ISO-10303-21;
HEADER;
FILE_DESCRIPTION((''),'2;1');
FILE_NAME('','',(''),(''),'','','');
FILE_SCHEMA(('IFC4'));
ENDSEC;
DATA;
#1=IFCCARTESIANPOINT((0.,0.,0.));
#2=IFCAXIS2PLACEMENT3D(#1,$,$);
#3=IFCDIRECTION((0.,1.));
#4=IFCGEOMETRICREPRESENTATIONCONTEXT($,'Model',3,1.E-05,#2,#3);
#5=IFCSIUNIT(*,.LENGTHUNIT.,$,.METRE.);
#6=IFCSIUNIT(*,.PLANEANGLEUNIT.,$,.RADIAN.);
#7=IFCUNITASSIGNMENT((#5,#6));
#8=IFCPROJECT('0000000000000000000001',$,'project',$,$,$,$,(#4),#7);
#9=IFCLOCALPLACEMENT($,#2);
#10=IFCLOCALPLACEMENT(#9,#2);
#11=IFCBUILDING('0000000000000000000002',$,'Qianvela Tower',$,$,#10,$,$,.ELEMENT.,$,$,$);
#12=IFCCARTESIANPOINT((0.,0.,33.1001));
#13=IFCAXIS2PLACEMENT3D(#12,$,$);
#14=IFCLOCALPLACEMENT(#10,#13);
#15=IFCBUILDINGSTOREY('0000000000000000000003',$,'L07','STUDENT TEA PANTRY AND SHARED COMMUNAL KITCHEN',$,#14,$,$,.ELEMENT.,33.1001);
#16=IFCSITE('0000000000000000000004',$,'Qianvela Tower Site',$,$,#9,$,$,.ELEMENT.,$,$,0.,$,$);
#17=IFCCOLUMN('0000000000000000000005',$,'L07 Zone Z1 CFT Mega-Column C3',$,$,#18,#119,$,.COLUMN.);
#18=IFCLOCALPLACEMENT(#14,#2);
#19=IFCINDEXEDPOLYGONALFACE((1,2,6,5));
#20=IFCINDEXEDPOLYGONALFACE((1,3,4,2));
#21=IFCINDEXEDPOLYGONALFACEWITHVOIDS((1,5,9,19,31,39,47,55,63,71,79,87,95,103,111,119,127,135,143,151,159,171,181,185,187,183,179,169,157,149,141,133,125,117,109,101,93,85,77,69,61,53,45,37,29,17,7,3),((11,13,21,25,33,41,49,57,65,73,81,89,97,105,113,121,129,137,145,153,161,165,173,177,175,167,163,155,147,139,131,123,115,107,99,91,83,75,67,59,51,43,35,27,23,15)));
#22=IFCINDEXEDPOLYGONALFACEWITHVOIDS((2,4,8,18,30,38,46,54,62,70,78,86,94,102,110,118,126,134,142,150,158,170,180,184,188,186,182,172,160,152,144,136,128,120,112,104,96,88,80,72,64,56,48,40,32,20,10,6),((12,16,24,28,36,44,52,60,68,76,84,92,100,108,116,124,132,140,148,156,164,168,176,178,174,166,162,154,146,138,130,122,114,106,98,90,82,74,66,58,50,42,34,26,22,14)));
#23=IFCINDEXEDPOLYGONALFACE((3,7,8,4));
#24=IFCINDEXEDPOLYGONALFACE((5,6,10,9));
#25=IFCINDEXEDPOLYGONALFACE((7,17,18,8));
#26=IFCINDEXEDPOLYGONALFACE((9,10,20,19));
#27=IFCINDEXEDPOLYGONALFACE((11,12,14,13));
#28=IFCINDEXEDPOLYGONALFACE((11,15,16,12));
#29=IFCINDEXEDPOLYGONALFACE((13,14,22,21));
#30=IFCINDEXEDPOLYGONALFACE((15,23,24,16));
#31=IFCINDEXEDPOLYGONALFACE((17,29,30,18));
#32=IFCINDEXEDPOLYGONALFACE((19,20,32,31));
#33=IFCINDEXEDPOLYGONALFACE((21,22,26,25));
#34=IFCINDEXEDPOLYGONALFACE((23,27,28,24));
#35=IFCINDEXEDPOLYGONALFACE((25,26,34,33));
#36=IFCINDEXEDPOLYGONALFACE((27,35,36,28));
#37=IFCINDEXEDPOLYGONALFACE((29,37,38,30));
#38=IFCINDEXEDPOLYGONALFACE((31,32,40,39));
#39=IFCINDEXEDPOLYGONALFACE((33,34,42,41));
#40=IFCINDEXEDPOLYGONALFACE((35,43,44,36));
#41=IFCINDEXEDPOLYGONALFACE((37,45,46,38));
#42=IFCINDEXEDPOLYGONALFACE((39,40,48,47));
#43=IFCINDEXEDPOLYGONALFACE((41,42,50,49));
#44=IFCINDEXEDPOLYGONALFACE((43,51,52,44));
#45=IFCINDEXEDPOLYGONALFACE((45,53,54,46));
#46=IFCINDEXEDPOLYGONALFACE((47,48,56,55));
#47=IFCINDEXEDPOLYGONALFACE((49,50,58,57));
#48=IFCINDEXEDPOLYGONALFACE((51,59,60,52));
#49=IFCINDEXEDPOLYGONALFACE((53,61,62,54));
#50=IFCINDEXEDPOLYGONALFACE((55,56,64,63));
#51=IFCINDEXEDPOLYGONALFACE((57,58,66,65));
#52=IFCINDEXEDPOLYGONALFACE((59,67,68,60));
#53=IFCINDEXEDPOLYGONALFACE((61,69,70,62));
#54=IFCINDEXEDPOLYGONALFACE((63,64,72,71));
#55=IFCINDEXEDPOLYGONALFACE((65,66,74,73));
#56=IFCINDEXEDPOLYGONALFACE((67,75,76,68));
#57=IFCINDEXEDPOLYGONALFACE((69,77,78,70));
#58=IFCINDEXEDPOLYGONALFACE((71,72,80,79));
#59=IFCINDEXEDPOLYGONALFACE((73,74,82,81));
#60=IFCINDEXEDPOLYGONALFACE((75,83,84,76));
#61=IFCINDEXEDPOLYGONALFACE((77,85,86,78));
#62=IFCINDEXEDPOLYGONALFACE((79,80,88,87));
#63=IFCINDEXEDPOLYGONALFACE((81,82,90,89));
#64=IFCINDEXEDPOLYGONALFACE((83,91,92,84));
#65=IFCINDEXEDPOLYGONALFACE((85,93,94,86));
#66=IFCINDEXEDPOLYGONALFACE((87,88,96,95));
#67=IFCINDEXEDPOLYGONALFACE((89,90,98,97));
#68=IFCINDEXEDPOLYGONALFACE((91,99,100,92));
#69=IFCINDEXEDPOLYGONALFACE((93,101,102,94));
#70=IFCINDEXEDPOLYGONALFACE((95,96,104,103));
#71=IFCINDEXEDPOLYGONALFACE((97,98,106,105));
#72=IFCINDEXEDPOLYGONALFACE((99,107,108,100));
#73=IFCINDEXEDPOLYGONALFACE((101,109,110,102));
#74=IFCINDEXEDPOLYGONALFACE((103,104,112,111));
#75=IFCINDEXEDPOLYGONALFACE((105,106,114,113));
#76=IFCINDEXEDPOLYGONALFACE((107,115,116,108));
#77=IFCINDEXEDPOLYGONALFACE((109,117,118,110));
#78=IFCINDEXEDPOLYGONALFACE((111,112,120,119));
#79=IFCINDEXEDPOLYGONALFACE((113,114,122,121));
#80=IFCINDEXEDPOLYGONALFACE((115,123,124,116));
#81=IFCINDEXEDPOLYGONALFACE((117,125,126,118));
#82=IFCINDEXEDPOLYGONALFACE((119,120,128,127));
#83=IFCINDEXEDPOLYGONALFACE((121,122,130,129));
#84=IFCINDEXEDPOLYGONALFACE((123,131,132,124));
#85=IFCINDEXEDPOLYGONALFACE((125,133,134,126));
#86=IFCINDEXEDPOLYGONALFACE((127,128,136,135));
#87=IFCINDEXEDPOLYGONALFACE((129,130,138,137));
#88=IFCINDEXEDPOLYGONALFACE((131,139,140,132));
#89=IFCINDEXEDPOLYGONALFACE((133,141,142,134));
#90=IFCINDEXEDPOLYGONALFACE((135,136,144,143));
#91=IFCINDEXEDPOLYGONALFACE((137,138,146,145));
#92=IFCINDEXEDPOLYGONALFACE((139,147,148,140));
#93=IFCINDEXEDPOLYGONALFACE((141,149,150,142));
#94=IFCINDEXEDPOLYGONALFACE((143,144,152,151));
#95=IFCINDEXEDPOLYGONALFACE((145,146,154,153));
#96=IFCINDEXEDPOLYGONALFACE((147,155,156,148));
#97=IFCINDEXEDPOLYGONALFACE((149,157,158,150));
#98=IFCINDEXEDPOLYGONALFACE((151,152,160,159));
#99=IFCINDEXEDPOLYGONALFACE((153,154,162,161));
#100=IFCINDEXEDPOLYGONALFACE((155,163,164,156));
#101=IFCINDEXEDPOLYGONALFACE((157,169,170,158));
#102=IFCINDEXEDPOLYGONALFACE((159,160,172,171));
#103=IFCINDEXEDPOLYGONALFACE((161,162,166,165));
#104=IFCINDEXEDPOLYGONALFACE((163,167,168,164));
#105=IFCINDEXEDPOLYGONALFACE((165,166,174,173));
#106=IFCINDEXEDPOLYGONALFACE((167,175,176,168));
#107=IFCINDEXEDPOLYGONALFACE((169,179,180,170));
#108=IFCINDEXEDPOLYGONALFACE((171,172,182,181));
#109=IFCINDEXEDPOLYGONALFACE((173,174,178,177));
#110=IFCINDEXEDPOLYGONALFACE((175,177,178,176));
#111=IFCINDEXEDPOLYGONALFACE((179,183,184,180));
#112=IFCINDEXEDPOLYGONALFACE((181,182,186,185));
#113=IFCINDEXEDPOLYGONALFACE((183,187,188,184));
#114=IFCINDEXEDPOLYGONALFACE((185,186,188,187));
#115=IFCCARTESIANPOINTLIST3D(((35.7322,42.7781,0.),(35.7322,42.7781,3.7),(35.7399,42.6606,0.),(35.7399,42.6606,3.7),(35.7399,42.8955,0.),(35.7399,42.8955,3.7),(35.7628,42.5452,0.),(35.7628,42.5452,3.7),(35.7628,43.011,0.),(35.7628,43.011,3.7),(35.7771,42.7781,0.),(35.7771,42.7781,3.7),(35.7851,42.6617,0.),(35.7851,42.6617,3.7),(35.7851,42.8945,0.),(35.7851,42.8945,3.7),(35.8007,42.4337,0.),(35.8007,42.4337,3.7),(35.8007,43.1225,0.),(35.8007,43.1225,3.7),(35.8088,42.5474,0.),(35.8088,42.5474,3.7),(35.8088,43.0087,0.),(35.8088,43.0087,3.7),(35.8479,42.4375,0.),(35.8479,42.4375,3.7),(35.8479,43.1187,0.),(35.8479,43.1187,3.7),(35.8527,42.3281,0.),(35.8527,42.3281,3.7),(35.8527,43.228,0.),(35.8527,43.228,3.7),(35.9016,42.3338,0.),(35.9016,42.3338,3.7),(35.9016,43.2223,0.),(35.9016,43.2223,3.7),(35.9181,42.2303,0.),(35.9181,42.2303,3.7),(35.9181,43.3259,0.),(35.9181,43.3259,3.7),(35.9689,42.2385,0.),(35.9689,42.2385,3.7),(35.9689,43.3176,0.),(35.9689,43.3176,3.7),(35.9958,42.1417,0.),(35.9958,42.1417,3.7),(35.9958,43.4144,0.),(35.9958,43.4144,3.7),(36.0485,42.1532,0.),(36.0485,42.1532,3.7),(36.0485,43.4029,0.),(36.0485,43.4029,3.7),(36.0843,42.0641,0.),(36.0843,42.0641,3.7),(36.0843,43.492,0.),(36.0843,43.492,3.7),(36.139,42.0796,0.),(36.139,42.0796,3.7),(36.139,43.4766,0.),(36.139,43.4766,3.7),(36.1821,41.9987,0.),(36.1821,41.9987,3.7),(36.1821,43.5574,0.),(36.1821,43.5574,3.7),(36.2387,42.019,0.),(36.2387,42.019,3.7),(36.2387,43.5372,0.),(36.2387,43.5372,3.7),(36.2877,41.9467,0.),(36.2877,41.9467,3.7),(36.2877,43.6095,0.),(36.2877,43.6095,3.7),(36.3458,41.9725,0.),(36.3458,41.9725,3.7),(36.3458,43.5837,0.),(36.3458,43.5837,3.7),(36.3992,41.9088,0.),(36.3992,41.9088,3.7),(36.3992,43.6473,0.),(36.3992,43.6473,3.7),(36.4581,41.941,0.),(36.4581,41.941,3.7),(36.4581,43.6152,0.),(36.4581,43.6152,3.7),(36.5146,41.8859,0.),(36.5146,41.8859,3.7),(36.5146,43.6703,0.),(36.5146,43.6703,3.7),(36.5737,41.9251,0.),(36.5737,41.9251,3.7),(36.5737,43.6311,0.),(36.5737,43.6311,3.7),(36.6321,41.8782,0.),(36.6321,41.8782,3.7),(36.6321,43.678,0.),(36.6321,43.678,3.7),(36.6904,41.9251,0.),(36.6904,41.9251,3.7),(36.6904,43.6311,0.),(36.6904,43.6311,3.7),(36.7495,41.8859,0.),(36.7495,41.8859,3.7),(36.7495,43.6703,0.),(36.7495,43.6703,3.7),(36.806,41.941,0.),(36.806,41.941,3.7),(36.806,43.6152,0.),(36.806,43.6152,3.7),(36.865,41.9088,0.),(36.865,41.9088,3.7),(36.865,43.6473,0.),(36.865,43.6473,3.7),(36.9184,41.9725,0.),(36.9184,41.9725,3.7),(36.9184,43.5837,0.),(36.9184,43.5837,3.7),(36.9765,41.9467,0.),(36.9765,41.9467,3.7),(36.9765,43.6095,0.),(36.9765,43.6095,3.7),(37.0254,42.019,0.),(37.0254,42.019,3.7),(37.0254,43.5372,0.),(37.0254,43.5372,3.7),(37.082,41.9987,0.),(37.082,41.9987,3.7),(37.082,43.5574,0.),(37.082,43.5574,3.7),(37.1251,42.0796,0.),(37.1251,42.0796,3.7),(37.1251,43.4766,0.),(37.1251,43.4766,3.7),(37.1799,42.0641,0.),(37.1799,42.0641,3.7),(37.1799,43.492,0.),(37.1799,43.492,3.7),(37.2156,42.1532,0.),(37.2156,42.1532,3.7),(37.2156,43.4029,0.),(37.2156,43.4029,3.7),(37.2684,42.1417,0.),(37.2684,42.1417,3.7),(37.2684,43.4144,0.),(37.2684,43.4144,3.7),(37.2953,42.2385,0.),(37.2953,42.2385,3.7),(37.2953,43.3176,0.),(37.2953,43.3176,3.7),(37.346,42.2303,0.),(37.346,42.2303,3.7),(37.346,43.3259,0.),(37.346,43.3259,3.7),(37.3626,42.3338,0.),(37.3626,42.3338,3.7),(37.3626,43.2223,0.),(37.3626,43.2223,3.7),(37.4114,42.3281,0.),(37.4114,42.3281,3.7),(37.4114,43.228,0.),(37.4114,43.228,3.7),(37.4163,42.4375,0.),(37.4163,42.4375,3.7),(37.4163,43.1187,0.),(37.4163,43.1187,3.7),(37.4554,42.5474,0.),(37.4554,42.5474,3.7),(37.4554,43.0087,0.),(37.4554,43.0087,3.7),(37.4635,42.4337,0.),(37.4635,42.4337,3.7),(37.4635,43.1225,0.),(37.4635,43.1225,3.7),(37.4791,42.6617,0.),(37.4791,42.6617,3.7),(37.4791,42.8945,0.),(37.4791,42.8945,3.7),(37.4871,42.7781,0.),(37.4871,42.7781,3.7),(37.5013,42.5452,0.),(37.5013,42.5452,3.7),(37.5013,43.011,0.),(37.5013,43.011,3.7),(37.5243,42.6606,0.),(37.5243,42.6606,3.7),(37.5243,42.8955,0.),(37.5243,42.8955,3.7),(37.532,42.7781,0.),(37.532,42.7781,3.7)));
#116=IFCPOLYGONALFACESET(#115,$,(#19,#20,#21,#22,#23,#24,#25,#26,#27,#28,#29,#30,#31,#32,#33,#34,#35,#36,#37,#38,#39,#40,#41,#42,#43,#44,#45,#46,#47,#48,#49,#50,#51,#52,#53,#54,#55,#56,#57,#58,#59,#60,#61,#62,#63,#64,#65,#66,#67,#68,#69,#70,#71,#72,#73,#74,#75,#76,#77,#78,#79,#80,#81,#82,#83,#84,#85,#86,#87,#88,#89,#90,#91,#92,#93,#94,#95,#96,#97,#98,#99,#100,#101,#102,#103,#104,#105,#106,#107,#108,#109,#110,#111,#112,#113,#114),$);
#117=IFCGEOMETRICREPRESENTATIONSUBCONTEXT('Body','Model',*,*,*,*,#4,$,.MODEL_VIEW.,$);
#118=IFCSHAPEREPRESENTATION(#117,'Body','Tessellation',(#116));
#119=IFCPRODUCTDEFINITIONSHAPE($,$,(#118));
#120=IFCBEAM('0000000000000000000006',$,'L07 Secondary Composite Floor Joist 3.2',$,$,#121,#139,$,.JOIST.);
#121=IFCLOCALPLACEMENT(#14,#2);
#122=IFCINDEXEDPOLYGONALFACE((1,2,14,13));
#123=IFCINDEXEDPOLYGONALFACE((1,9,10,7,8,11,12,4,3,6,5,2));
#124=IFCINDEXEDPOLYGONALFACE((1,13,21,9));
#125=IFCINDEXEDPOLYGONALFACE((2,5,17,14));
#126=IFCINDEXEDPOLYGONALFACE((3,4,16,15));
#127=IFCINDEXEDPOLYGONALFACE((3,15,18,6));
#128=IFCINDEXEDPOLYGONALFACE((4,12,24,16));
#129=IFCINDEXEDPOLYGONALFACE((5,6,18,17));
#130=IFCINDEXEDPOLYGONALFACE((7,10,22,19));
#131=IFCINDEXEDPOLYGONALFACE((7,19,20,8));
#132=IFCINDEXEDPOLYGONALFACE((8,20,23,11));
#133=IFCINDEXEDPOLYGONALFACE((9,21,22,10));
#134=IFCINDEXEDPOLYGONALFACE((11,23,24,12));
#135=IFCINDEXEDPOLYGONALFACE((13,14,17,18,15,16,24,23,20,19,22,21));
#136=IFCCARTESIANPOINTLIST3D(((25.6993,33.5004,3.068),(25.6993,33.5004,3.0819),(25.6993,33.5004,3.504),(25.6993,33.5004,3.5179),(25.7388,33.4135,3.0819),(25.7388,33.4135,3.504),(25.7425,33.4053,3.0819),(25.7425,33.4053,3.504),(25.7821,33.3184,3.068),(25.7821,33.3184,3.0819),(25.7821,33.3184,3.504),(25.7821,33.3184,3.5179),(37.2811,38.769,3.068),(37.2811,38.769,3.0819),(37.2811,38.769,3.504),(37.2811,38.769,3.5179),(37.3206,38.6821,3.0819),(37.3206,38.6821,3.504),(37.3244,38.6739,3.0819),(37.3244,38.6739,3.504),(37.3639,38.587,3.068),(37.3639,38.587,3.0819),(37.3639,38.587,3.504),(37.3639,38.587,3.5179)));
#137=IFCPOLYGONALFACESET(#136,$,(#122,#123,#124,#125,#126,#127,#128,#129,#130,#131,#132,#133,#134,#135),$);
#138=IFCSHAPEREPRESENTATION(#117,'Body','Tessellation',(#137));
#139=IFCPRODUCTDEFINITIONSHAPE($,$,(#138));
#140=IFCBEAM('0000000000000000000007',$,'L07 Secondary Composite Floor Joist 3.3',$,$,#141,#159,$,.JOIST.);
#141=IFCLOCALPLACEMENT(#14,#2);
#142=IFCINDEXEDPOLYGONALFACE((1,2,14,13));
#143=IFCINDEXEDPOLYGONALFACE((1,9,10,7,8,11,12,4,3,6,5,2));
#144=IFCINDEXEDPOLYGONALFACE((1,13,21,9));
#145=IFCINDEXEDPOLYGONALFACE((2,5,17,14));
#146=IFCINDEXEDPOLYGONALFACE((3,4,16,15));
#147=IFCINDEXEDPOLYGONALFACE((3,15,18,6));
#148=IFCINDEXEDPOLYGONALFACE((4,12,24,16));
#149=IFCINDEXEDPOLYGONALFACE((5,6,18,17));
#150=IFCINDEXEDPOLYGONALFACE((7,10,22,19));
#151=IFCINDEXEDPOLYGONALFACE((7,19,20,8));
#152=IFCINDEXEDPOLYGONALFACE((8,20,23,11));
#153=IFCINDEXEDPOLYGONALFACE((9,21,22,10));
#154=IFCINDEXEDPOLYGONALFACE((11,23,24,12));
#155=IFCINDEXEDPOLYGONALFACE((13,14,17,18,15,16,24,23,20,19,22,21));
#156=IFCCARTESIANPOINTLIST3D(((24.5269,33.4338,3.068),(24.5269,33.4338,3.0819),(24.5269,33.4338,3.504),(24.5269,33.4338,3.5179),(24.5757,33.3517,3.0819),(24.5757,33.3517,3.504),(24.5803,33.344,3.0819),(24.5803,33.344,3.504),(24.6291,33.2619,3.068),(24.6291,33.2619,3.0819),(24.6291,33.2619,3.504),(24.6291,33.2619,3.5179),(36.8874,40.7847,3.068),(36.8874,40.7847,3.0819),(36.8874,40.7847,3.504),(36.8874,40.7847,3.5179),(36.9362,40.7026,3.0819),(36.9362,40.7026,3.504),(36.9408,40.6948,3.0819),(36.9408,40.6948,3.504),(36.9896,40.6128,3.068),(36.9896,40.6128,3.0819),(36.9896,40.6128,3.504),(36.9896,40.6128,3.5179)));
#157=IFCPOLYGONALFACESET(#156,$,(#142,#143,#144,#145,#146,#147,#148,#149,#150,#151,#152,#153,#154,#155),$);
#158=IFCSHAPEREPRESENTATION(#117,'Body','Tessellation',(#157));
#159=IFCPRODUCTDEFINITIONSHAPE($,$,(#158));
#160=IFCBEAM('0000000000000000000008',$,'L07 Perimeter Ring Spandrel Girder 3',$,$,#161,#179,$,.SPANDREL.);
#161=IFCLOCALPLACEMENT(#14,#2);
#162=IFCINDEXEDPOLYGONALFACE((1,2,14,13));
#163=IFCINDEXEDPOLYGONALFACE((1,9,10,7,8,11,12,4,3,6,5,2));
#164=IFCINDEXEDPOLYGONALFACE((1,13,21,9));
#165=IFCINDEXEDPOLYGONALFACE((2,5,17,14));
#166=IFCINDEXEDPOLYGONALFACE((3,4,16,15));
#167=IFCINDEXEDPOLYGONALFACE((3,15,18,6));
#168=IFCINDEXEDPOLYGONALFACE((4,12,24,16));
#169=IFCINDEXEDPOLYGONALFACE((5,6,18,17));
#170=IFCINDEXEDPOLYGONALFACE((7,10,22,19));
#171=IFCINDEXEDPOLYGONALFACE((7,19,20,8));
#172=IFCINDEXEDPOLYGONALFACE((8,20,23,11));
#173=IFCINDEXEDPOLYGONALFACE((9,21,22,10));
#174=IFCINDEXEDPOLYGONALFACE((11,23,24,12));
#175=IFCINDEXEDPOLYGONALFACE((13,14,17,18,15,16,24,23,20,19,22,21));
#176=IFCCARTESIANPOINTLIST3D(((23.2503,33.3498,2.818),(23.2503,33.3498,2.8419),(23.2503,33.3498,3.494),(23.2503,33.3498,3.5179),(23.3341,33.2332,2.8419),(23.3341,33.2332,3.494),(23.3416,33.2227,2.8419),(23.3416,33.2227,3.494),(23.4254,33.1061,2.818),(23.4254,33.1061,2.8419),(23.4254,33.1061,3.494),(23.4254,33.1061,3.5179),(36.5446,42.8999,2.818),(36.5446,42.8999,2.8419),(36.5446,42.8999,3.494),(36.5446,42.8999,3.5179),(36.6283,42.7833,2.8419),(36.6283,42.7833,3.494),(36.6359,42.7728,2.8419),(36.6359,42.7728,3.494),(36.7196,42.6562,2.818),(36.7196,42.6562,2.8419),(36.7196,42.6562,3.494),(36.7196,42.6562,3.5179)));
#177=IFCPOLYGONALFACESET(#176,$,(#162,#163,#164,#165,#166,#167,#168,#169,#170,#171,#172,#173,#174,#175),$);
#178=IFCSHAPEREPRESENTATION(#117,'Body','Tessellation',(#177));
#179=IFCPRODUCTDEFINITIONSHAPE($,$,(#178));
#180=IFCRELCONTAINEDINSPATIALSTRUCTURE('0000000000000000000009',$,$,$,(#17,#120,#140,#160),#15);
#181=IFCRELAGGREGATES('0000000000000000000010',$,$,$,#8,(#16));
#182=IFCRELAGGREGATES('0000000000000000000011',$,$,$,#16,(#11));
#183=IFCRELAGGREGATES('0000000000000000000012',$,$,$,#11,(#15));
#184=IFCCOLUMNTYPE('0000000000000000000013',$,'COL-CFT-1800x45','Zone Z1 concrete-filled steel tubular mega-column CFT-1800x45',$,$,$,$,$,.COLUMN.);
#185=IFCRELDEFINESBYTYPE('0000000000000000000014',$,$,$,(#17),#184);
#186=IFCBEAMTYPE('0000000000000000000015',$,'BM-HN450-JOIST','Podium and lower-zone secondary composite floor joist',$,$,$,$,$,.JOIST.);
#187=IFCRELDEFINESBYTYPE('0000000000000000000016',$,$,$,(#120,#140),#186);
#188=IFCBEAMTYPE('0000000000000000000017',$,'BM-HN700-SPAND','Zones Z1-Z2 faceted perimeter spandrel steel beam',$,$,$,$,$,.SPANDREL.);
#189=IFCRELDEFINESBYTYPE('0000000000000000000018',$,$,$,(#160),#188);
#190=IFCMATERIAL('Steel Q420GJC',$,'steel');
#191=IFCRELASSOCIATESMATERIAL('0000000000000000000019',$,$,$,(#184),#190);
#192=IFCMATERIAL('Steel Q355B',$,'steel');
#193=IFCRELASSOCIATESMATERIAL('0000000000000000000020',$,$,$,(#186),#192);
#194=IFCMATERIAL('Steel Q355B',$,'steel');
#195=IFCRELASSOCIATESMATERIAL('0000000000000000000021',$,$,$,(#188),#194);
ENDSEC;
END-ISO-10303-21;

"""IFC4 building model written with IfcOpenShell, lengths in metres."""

from ifc_helpers import new_model, si_unit, direction, frame, origin, origin_2d, place, context, subcontext, project, spatial, hollow_circle, i_section, extrude, material, material_profile, profile_set, type_object, element, save


model = new_model("IFC4")

# Units and contexts
model_context = context("Model", 3, precision=1e-05, world=origin(), true_north=direction((0.0, 1.0)))
body_context = subcontext(model_context, "Body", "Model", "MODEL_VIEW")
ifc_project = project(units=[si_unit("LENGTHUNIT", "METRE"), si_unit("PLANEANGLEUNIT", "RADIAN")], contexts=[model_context])

# Site, building, storey
site_placement = place(None, origin())
site = spatial("IfcSite", under=ifc_project, at=site_placement, Name="Qianvela Tower Site", CompositionType="ELEMENT", RefElevation=0.0)
building_placement = place(site_placement, origin())
building = spatial("IfcBuilding", under=site, at=building_placement, Name="Qianvela Tower", CompositionType="ELEMENT")
storey_placement = place(building_placement, frame((0.0, 0.0, 33.1001)))
storey = spatial("IfcBuildingStorey", under=building, at=storey_placement, Name="L07", Description="STUDENT TEA PANTRY AND SHARED COMMUNAL KITCHEN", CompositionType="ELEMENT", Elevation=33.1001)

# Column
ifc_material_1 = material(Name="Steel Q420GJC", Category="steel")
ifc_material_profile_1 = material_profile(ifc_material_1, hollow_circle(Radius=0.8999, WallThickness=0.0449, at=origin_2d()), Name="CFT-1800x45")
ifc_profile_set_1 = profile_set([ifc_material_profile_1], Name="Steel Q420GJC")
column_type = type_object("IfcColumnType", Name="COL-CFT-1800x45", Description="Zone Z1 concrete-filled steel tubular mega-column CFT-1800x45", PredefinedType="COLUMN", material=ifc_profile_set_1)
column_placement = place(storey_placement, frame((36.6321, 42.7781, 0.0), z_axis=(0.0, 0.0, 1.0), x_axis=(1.0, 0.0, 0.0)))
element("IfcColumn", 1, at=column_placement, inside=storey, type_object=column_type, Name="L07 Zone Z1 CFT Mega-Column C3", PredefinedType="COLUMN", context=body_context, shape_type="SweptSolid", body=[
    extrude(hollow_circle(Radius=0.8999, WallThickness=0.0449, at=origin_2d()), origin(), (0.0, 0.0, 1.0), 3.7),
])

# Beams
ifc_material_2 = material(Name="Steel Q355B", Category="steel")
ifc_material_profile_2 = material_profile(ifc_material_2, i_section(OverallWidth=0.2, OverallDepth=0.45, WebThickness=0.009, FlangeThickness=0.0139, at=origin_2d()), Name="HN450x200x9x14")
ifc_profile_set_2 = profile_set([ifc_material_profile_2], Name="Steel Q355B")
beam_type_1 = type_object("IfcBeamType", Name="BM-HN450-JOIST", Description="Podium and lower-zone secondary composite floor joist", PredefinedType="JOIST", material=ifc_profile_set_2)
beam_1_placement = place(storey_placement, frame((37.3225, 38.678, 3.293), z_axis=(-0.910245, -0.41407, 0.0), x_axis=(0.41407, -0.910245, 0.0)))
element("IfcBeam", 2, at=beam_1_placement, inside=storey, type_object=beam_type_1, Name="L07 Secondary Composite Floor Joist 3.2", PredefinedType="JOIST", context=body_context, shape_type="SweptSolid", body=[
    extrude(i_section(OverallWidth=0.2, OverallDepth=0.45, WebThickness=0.009, FlangeThickness=0.0139, at=origin_2d()), origin(), (0.0, 0.0, 1.0), 12.7239),
])
beam_2_placement = place(storey_placement, frame((36.9385, 40.6987, 3.293), z_axis=(-0.859492, -0.511149, 0.0), x_axis=(0.511149, -0.859492, 0.0)))
element("IfcBeam", 3, at=beam_2_placement, inside=storey, type_object=beam_type_1, Name="L07 Secondary Composite Floor Joist 3.3", PredefinedType="JOIST", context=body_context, shape_type="SweptSolid", body=[
    extrude(i_section(OverallWidth=0.2, OverallDepth=0.45, WebThickness=0.009, FlangeThickness=0.0139, at=origin_2d()), origin(), (0.0, 0.0, 1.0), 14.3811),
])
ifc_material_3 = material(Name="Steel Q355B", Category="steel")
ifc_material_profile_3 = material_profile(ifc_material_3, i_section(OverallWidth=0.3, OverallDepth=0.7, WebThickness=0.0129, FlangeThickness=0.0239, at=origin_2d()), Name="HN700x300x13x24")
ifc_profile_set_3 = profile_set([ifc_material_profile_3], Name="Steel Q355B")
beam_type_2 = type_object("IfcBeamType", Name="BM-HN700-SPAND", Description="Zones Z1-Z2 faceted perimeter spandrel steel beam", PredefinedType="SPANDREL", material=ifc_profile_set_3)
beam_3_placement = place(storey_placement, frame((36.6321, 42.7781, 3.168), z_axis=(-0.812164, -0.583429, 0.0), x_axis=(0.583429, -0.812164, 0.0)))
element("IfcBeam", 4, at=beam_3_placement, inside=storey, type_object=beam_type_2, Name="L07 Perimeter Ring Spandrel Girder 3", PredefinedType="SPANDREL", context=body_context, shape_type="SweptSolid", body=[
    extrude(i_section(OverallWidth=0.3, OverallDepth=0.7, WebThickness=0.0129, FlangeThickness=0.0239, at=origin_2d()), origin(), (0.0, 0.0, 1.0), 16.3689),
])

save(model, "model.ifc")
